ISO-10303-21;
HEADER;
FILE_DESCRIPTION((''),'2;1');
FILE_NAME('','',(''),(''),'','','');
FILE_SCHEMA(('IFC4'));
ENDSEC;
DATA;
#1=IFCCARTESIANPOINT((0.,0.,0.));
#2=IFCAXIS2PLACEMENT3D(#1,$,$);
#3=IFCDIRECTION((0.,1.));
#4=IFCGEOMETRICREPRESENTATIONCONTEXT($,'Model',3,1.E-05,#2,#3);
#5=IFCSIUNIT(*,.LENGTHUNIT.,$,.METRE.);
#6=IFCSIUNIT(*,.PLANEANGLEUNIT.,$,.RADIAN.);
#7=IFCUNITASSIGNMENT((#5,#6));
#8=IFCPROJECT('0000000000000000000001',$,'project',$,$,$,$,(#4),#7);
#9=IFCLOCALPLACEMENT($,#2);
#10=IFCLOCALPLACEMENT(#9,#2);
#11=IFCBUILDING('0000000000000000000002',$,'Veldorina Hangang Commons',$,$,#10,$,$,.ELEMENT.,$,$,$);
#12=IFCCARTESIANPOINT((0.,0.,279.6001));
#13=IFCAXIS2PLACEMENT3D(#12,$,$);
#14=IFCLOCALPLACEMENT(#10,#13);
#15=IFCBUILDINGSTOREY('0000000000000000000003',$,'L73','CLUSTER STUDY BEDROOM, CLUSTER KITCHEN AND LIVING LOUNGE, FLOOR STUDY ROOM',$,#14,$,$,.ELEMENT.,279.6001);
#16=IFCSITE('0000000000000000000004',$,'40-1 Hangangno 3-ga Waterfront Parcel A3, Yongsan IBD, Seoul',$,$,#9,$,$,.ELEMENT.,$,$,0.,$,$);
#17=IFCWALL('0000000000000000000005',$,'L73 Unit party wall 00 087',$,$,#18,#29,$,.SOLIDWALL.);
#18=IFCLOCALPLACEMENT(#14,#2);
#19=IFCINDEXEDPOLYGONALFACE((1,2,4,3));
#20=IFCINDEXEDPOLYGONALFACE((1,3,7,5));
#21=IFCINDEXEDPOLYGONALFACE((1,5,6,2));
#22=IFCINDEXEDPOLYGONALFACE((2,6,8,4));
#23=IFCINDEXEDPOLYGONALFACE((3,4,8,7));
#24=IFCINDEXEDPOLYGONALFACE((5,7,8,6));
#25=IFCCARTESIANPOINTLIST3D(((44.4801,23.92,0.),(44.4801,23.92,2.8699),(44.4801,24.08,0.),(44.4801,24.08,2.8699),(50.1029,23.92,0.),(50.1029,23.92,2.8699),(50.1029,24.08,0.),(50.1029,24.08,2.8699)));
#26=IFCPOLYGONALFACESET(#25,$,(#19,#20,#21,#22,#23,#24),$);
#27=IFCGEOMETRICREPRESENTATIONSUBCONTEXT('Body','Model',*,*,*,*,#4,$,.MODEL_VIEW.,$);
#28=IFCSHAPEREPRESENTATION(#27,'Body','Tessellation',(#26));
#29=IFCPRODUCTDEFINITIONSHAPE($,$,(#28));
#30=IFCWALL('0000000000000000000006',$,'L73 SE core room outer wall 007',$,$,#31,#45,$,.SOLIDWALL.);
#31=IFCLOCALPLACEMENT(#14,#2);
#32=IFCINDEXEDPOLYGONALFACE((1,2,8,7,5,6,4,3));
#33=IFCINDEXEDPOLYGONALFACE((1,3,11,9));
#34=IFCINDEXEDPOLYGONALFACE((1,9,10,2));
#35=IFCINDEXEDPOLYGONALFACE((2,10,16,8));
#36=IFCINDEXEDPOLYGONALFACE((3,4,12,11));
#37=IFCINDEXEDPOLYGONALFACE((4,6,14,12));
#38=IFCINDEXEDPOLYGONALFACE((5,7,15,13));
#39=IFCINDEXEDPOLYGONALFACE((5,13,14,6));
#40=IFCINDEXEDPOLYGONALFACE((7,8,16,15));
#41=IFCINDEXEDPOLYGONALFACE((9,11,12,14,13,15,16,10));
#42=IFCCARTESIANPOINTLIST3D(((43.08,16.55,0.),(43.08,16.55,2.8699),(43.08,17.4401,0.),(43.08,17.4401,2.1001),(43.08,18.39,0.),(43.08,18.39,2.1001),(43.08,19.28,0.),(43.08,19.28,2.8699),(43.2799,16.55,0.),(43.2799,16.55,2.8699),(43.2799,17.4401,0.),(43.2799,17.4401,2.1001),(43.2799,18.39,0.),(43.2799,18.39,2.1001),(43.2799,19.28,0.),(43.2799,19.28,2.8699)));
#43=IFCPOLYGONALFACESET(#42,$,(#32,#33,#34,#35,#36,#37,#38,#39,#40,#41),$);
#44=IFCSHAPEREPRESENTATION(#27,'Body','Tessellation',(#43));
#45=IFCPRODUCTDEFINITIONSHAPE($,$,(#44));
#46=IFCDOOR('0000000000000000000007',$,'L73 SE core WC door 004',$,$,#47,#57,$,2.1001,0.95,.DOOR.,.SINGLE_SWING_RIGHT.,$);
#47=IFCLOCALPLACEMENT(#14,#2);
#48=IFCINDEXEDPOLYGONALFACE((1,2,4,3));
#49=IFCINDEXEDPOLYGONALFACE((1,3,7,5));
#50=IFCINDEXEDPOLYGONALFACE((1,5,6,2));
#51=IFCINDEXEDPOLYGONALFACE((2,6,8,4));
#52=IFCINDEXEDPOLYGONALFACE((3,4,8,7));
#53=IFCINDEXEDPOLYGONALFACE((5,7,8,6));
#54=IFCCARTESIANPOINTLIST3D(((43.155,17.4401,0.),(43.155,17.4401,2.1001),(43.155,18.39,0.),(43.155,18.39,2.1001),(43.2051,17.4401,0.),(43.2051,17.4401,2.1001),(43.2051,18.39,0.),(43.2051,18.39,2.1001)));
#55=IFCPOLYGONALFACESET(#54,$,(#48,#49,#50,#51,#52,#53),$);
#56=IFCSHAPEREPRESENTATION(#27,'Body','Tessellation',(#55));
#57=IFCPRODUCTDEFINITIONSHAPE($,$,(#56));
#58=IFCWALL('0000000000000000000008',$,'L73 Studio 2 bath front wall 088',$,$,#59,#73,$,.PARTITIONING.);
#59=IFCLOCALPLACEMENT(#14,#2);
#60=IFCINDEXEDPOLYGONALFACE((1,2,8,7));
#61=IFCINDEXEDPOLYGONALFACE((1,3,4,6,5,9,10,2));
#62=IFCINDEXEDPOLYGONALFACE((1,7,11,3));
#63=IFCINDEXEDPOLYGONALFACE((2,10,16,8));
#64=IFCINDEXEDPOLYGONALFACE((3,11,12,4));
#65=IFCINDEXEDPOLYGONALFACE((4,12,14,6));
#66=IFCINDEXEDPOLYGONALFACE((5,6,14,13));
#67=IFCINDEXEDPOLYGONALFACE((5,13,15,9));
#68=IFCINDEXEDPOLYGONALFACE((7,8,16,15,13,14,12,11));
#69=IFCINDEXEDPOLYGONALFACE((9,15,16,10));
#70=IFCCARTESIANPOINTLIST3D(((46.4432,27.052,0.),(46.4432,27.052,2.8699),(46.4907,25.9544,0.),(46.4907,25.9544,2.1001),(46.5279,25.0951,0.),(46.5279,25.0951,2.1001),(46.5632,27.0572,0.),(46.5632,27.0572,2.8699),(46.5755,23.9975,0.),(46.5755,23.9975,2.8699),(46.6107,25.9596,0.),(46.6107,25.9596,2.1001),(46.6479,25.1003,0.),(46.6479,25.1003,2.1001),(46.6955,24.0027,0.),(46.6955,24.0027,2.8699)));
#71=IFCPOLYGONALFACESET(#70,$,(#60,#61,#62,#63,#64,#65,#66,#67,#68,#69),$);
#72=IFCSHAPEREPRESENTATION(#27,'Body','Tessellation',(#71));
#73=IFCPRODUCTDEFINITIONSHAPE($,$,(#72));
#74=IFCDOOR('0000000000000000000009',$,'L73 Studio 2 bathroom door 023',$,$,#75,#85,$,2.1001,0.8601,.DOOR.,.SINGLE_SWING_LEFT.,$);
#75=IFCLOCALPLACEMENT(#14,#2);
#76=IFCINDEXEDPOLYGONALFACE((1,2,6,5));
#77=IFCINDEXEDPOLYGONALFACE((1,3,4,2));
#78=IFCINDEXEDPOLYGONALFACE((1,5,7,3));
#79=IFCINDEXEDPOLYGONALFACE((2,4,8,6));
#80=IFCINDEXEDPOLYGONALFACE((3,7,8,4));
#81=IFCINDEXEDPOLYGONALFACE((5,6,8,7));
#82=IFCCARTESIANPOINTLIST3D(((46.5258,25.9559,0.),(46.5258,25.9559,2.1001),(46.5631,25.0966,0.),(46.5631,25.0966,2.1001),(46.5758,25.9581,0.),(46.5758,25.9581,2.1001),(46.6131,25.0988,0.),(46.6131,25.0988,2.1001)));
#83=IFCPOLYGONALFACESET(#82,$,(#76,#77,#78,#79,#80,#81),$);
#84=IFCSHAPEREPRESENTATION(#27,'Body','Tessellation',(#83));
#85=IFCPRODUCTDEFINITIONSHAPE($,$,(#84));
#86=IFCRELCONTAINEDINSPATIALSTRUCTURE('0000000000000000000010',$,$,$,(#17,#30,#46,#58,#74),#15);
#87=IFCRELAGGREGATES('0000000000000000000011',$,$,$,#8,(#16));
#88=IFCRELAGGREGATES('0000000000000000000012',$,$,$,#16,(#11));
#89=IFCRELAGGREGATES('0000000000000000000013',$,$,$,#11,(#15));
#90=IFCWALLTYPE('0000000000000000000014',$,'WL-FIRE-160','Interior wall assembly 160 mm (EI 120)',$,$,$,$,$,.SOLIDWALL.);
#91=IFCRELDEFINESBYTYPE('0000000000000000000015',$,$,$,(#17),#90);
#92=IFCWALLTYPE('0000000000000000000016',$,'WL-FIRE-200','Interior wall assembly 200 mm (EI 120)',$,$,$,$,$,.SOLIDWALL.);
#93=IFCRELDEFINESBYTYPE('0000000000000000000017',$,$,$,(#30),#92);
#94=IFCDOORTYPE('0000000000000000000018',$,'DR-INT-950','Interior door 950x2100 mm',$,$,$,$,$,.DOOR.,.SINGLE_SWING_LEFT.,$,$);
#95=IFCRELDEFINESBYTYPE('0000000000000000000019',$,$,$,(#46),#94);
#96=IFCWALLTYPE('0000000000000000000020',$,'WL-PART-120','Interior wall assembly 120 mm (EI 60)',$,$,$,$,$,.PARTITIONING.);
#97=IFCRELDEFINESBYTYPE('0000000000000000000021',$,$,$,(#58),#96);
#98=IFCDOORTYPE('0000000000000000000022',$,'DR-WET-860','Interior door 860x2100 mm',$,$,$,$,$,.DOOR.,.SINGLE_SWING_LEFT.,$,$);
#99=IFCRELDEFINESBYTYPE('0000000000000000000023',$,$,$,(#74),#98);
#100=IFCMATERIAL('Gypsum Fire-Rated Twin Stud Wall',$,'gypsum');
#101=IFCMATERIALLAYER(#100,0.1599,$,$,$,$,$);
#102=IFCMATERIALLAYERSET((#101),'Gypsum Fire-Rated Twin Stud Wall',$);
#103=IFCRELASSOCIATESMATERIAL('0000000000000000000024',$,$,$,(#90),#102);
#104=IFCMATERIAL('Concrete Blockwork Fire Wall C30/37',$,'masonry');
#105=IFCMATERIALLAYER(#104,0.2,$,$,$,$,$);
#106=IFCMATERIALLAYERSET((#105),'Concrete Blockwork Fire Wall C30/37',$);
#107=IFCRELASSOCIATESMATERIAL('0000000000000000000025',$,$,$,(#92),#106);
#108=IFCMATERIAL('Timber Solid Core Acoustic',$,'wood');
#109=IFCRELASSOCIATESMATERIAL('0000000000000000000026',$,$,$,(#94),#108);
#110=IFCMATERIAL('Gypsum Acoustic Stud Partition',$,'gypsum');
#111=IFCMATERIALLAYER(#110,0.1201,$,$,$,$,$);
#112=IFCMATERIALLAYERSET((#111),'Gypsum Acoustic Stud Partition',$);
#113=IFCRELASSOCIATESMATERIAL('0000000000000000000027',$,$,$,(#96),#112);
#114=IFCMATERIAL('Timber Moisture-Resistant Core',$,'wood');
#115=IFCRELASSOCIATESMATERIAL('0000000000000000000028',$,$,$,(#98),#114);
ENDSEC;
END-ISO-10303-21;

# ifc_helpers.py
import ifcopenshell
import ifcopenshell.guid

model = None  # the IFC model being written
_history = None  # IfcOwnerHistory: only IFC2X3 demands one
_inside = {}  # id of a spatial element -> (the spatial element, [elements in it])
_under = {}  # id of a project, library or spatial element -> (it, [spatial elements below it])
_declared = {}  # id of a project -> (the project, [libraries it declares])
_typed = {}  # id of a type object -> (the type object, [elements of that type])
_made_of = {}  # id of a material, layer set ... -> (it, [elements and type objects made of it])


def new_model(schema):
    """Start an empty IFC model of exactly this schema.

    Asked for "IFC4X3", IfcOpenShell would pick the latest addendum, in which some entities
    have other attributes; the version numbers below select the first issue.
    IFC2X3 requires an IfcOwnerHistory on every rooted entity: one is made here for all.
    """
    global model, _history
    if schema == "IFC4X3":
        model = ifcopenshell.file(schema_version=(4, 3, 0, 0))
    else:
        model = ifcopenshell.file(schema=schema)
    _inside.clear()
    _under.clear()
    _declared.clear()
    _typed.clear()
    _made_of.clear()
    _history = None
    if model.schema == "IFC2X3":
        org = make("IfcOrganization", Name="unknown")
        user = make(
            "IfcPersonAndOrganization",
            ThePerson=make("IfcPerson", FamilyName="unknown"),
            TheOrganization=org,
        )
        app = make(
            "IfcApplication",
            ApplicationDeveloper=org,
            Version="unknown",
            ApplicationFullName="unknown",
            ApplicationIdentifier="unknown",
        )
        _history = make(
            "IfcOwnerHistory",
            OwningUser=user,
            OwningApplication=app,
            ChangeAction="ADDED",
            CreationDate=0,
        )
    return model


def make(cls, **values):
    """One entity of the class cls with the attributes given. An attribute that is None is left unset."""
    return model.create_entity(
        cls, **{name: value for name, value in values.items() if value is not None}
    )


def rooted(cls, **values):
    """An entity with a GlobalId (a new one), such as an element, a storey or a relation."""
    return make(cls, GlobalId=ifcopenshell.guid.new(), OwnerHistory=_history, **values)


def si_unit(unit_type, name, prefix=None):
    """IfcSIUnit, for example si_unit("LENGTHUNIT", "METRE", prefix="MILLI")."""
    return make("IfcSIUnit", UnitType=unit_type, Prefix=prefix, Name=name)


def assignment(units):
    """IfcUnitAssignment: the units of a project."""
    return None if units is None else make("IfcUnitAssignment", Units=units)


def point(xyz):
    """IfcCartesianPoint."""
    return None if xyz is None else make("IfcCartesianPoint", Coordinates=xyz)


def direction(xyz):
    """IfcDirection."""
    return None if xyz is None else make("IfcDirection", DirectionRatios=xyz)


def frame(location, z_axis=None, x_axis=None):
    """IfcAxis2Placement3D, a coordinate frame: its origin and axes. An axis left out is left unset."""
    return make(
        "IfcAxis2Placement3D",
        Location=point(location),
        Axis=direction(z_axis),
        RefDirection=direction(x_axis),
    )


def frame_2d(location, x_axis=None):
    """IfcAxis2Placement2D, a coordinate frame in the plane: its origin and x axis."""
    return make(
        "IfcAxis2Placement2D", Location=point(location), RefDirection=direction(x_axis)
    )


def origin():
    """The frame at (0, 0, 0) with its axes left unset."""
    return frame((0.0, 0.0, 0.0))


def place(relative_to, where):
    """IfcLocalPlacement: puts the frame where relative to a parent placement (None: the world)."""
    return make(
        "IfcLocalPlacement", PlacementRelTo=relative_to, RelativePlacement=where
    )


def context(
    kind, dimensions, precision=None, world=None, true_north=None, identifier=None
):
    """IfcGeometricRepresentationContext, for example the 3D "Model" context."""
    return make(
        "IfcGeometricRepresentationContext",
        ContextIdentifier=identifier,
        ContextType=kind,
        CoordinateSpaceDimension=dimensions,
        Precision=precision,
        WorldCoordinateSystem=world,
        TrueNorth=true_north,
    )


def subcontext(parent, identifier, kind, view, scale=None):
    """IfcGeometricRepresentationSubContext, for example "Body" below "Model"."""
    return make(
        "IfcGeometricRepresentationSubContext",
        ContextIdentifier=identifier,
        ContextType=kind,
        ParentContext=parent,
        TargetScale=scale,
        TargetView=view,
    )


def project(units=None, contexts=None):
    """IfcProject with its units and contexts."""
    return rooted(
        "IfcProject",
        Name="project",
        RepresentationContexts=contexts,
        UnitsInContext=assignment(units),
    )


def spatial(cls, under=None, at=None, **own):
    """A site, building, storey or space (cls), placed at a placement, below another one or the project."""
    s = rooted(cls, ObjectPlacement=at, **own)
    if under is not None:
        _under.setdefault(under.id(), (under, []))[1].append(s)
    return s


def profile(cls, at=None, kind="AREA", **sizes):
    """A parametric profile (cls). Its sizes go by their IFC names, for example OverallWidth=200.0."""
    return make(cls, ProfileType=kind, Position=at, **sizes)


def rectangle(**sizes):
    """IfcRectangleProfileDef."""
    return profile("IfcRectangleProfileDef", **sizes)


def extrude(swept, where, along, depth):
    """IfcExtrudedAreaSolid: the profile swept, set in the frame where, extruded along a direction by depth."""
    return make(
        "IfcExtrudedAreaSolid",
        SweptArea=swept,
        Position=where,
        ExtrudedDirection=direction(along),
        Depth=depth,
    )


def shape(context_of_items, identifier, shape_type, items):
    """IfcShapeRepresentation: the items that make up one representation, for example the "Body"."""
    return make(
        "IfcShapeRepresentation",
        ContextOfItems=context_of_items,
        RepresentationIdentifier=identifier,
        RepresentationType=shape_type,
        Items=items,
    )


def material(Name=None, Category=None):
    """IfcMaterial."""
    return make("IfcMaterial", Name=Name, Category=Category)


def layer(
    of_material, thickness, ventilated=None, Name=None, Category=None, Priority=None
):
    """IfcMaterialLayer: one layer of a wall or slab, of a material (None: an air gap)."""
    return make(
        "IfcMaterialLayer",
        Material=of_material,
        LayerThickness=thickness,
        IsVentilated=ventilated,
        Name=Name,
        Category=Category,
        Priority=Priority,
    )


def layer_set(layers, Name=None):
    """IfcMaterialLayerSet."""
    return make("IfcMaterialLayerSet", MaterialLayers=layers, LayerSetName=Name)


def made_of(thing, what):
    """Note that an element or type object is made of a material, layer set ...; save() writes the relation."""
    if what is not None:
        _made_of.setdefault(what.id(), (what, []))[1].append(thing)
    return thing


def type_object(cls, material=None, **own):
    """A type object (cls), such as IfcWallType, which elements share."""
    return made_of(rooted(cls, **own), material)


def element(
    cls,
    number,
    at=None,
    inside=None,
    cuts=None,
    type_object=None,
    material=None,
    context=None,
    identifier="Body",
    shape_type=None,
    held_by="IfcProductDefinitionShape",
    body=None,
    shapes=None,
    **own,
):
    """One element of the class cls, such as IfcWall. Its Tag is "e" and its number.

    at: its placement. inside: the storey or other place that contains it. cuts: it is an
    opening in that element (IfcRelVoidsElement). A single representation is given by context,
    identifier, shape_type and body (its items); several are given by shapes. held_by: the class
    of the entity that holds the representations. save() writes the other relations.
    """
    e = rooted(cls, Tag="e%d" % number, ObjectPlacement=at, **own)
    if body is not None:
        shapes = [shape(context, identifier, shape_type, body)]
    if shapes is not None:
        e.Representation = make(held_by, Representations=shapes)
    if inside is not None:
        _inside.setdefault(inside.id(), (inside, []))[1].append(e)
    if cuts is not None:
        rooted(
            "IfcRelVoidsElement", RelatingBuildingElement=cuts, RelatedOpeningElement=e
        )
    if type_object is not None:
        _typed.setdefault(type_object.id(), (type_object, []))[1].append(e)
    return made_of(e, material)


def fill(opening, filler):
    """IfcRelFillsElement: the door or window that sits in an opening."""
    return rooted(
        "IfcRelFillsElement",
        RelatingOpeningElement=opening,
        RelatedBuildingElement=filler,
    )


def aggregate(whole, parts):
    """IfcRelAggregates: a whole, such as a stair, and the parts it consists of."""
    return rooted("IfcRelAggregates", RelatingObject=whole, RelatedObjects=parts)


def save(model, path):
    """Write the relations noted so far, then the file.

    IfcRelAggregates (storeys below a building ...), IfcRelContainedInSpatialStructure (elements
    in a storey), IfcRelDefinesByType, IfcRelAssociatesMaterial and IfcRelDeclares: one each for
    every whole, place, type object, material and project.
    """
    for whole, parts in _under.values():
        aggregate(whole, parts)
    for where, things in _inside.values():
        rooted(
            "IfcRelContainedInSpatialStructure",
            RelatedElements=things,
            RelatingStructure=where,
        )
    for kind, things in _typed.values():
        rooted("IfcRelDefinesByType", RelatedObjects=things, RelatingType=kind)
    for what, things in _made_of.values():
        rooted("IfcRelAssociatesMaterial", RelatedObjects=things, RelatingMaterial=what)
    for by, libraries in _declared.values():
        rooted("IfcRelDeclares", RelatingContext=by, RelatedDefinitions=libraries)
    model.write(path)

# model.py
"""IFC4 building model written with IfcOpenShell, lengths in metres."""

from ifc_helpers import new_model, si_unit, direction, frame, frame_2d, origin, place, context, subcontext, project, spatial, rectangle, extrude, material, layer, layer_set, type_object, element, fill, save


model = new_model("IFC4")

# Units and contexts
model_context = context("Model", 3, precision=1e-05, world=origin(), true_north=direction((0.0, 1.0)))
body_context = subcontext(model_context, "Body", "Model", "MODEL_VIEW")
ifc_project = project(units=[si_unit("LENGTHUNIT", "METRE"), si_unit("PLANEANGLEUNIT", "RADIAN")], contexts=[model_context])

# Site, building, storey
site_placement = place(None, origin())
site = spatial("IfcSite", under=ifc_project, at=site_placement, Name="40-1 Hangangno 3-ga Waterfront Parcel A3, Yongsan IBD, Seoul", CompositionType="ELEMENT", RefElevation=0.0)
building_placement = place(site_placement, origin())
building = spatial("IfcBuilding", under=site, at=building_placement, Name="Veldorina Hangang Commons", CompositionType="ELEMENT")
storey_placement = place(building_placement, frame((0.0, 0.0, 279.6001)))
storey = spatial("IfcBuildingStorey", under=building, at=storey_placement, Name="L73", Description="CLUSTER STUDY BEDROOM, CLUSTER KITCHEN AND LIVING LOUNGE, FLOOR STUDY ROOM", CompositionType="ELEMENT", Elevation=279.6001)

# Shared definitions
ifc_material_1 = material(Name="Gypsum Fire-Rated Twin Stud Wall", Category="gypsum")
ifc_layer_1 = layer(ifc_material_1, 0.1599)
ifc_layer_set_1 = layer_set([ifc_layer_1], Name="Gypsum Fire-Rated Twin Stud Wall")
wall_type_1 = type_object("IfcWallType", Name="WL-FIRE-160", Description="Interior wall assembly 160 mm (EI 120)", PredefinedType="SOLIDWALL", material=ifc_layer_set_1)

# Shared definitions
ifc_material_2 = material(Name="Timber Solid Core Acoustic", Category="wood")

# Wall
wall_1_placement = place(storey_placement, frame((44.48, 24.0, 0.0), z_axis=(0.0, 0.0, 1.0), x_axis=(1.0, 0.0, 0.0)))
element("IfcWall", 1, at=wall_1_placement, inside=storey, type_object=wall_type_1, Name="L73 Unit party wall 00 087", PredefinedType="SOLIDWALL", context=body_context, shape_type="SweptSolid", body=[
    extrude(rectangle(XDim=5.6228, YDim=0.1599, at=frame_2d((2.8115, 0.0))), origin(), (0.0, 0.0, 1.0), 2.8699),
])

# Walls, openings, doors
ifc_material_3 = material(Name="Concrete Blockwork Fire Wall C30/37", Category="masonry")
ifc_layer_2 = layer(ifc_material_3, 0.2)
ifc_layer_set_2 = layer_set([ifc_layer_2], Name="Concrete Blockwork Fire Wall C30/37")
wall_type_2 = type_object("IfcWallType", Name="WL-FIRE-200", Description="Interior wall assembly 200 mm (EI 120)", PredefinedType="SOLIDWALL", material=ifc_layer_set_2)
wall_2_placement = place(storey_placement, frame((43.1799, 16.55, 0.0), z_axis=(0.0, 0.0, 1.0), x_axis=(0.0, 1.0, 0.0)))
wall_2 = element("IfcWall", 2, at=wall_2_placement, inside=storey, type_object=wall_type_2, Name="L73 SE core room outer wall 007", PredefinedType="SOLIDWALL", context=body_context, shape_type="SweptSolid", body=[
    extrude(rectangle(XDim=2.73, YDim=0.2, at=frame_2d((1.365, 0.0))), origin(), (0.0, 0.0, 1.0), 2.8699),
])
opening_1_placement = place(wall_2_placement, frame((0.8899, 0.0, 0.0)))
opening_1 = element("IfcOpeningElement", 3, at=opening_1_placement, cuts=wall_2, PredefinedType="OPENING", context=body_context, shape_type="SweptSolid", body=[
    extrude(rectangle(XDim=0.95, YDim=2.1001, at=frame_2d((0.4751, 1.05))), frame((0.0, 0.1099, 0.0), z_axis=(0.0, -1.0, 0.0), x_axis=(1.0, 0.0, 0.0)), (0.0, 0.0, 1.0), 0.22),
])
door_type_1 = type_object("IfcDoorType", Name="DR-INT-950", Description="Interior door 950x2100 mm", OperationType="SINGLE_SWING_LEFT", PredefinedType="DOOR", material=ifc_material_2)
door_1_placement = place(opening_1_placement, origin())
door_1 = element("IfcDoor", 4, at=door_1_placement, inside=storey, type_object=door_type_1, Name="L73 SE core WC door 004", OperationType="SINGLE_SWING_RIGHT", OverallHeight=2.1001, OverallWidth=0.95, PredefinedType="DOOR", context=body_context, shape_type="SweptSolid", body=[
    extrude(rectangle(XDim=0.95, YDim=2.1001, at=frame_2d((0.4751, 1.05))), frame((0.0, 0.0249, 0.0), z_axis=(0.0, -1.0, 0.0), x_axis=(1.0, 0.0, 0.0)), (0.0, 0.0, 1.0), 0.05),
])
fill(opening_1, door_1)
ifc_material_4 = material(Name="Gypsum Acoustic Stud Partition", Category="gypsum")
ifc_layer_3 = layer(ifc_material_4, 0.1201)
ifc_layer_set_3 = layer_set([ifc_layer_3], Name="Gypsum Acoustic Stud Partition")
wall_type_3 = type_object("IfcWallType", Name="WL-PART-120", Description="Interior wall assembly 120 mm (EI 60)", PredefinedType="PARTITIONING", material=ifc_layer_set_3)
wall_3_placement = place(storey_placement, frame((46.6355, 24.0, 0.0), z_axis=(0.0, 0.0, 1.0), x_axis=(-0.043281, 0.999063, 0.0)))
wall_3 = element("IfcWall", 5, at=wall_3_placement, inside=storey, type_object=wall_type_3, Name="L73 Studio 2 bath front wall 088", PredefinedType="PARTITIONING", context=body_context, shape_type="SweptSolid", body=[
    extrude(rectangle(XDim=3.0574, YDim=0.1201, at=frame_2d((1.5288, 0.0))), origin(), (0.0, 0.0, 1.0), 2.8699),
])
opening_2_placement = place(wall_3_placement, frame((1.0986, 0.0, 0.0)))
opening_2 = element("IfcOpeningElement", 6, at=opening_2_placement, cuts=wall_3, PredefinedType="OPENING", context=body_context, shape_type="SweptSolid", body=[
    extrude(rectangle(XDim=0.8601, YDim=2.1001, at=frame_2d((0.4302, 1.05))), frame((0.0, 0.0701, 0.0), z_axis=(0.0, -1.0, 0.0), x_axis=(1.0, 0.0, 0.0)), (0.0, 0.0, 1.0), 0.1401),
])
ifc_material_5 = material(Name="Timber Moisture-Resistant Core", Category="wood")
door_type_2 = type_object("IfcDoorType", Name="DR-WET-860", Description="Interior door 860x2100 mm", OperationType="SINGLE_SWING_LEFT", PredefinedType="DOOR", material=ifc_material_5)
door_2_placement = place(opening_2_placement, origin())
door_2 = element("IfcDoor", 7, at=door_2_placement, inside=storey, type_object=door_type_2, Name="L73 Studio 2 bathroom door 023", OperationType="SINGLE_SWING_LEFT", OverallHeight=2.1001, OverallWidth=0.8601, PredefinedType="DOOR", context=body_context, shape_type="SweptSolid", body=[
    extrude(rectangle(XDim=0.8601, YDim=2.1001, at=frame_2d((0.4302, 1.05))), frame((0.0, 0.0249, 0.0), z_axis=(0.0, -1.0, 0.0), x_axis=(1.0, 0.0, 0.0)), (0.0, 0.0, 1.0), 0.05),
])
fill(opening_2, door_2)

save(model, "model.ifc")
